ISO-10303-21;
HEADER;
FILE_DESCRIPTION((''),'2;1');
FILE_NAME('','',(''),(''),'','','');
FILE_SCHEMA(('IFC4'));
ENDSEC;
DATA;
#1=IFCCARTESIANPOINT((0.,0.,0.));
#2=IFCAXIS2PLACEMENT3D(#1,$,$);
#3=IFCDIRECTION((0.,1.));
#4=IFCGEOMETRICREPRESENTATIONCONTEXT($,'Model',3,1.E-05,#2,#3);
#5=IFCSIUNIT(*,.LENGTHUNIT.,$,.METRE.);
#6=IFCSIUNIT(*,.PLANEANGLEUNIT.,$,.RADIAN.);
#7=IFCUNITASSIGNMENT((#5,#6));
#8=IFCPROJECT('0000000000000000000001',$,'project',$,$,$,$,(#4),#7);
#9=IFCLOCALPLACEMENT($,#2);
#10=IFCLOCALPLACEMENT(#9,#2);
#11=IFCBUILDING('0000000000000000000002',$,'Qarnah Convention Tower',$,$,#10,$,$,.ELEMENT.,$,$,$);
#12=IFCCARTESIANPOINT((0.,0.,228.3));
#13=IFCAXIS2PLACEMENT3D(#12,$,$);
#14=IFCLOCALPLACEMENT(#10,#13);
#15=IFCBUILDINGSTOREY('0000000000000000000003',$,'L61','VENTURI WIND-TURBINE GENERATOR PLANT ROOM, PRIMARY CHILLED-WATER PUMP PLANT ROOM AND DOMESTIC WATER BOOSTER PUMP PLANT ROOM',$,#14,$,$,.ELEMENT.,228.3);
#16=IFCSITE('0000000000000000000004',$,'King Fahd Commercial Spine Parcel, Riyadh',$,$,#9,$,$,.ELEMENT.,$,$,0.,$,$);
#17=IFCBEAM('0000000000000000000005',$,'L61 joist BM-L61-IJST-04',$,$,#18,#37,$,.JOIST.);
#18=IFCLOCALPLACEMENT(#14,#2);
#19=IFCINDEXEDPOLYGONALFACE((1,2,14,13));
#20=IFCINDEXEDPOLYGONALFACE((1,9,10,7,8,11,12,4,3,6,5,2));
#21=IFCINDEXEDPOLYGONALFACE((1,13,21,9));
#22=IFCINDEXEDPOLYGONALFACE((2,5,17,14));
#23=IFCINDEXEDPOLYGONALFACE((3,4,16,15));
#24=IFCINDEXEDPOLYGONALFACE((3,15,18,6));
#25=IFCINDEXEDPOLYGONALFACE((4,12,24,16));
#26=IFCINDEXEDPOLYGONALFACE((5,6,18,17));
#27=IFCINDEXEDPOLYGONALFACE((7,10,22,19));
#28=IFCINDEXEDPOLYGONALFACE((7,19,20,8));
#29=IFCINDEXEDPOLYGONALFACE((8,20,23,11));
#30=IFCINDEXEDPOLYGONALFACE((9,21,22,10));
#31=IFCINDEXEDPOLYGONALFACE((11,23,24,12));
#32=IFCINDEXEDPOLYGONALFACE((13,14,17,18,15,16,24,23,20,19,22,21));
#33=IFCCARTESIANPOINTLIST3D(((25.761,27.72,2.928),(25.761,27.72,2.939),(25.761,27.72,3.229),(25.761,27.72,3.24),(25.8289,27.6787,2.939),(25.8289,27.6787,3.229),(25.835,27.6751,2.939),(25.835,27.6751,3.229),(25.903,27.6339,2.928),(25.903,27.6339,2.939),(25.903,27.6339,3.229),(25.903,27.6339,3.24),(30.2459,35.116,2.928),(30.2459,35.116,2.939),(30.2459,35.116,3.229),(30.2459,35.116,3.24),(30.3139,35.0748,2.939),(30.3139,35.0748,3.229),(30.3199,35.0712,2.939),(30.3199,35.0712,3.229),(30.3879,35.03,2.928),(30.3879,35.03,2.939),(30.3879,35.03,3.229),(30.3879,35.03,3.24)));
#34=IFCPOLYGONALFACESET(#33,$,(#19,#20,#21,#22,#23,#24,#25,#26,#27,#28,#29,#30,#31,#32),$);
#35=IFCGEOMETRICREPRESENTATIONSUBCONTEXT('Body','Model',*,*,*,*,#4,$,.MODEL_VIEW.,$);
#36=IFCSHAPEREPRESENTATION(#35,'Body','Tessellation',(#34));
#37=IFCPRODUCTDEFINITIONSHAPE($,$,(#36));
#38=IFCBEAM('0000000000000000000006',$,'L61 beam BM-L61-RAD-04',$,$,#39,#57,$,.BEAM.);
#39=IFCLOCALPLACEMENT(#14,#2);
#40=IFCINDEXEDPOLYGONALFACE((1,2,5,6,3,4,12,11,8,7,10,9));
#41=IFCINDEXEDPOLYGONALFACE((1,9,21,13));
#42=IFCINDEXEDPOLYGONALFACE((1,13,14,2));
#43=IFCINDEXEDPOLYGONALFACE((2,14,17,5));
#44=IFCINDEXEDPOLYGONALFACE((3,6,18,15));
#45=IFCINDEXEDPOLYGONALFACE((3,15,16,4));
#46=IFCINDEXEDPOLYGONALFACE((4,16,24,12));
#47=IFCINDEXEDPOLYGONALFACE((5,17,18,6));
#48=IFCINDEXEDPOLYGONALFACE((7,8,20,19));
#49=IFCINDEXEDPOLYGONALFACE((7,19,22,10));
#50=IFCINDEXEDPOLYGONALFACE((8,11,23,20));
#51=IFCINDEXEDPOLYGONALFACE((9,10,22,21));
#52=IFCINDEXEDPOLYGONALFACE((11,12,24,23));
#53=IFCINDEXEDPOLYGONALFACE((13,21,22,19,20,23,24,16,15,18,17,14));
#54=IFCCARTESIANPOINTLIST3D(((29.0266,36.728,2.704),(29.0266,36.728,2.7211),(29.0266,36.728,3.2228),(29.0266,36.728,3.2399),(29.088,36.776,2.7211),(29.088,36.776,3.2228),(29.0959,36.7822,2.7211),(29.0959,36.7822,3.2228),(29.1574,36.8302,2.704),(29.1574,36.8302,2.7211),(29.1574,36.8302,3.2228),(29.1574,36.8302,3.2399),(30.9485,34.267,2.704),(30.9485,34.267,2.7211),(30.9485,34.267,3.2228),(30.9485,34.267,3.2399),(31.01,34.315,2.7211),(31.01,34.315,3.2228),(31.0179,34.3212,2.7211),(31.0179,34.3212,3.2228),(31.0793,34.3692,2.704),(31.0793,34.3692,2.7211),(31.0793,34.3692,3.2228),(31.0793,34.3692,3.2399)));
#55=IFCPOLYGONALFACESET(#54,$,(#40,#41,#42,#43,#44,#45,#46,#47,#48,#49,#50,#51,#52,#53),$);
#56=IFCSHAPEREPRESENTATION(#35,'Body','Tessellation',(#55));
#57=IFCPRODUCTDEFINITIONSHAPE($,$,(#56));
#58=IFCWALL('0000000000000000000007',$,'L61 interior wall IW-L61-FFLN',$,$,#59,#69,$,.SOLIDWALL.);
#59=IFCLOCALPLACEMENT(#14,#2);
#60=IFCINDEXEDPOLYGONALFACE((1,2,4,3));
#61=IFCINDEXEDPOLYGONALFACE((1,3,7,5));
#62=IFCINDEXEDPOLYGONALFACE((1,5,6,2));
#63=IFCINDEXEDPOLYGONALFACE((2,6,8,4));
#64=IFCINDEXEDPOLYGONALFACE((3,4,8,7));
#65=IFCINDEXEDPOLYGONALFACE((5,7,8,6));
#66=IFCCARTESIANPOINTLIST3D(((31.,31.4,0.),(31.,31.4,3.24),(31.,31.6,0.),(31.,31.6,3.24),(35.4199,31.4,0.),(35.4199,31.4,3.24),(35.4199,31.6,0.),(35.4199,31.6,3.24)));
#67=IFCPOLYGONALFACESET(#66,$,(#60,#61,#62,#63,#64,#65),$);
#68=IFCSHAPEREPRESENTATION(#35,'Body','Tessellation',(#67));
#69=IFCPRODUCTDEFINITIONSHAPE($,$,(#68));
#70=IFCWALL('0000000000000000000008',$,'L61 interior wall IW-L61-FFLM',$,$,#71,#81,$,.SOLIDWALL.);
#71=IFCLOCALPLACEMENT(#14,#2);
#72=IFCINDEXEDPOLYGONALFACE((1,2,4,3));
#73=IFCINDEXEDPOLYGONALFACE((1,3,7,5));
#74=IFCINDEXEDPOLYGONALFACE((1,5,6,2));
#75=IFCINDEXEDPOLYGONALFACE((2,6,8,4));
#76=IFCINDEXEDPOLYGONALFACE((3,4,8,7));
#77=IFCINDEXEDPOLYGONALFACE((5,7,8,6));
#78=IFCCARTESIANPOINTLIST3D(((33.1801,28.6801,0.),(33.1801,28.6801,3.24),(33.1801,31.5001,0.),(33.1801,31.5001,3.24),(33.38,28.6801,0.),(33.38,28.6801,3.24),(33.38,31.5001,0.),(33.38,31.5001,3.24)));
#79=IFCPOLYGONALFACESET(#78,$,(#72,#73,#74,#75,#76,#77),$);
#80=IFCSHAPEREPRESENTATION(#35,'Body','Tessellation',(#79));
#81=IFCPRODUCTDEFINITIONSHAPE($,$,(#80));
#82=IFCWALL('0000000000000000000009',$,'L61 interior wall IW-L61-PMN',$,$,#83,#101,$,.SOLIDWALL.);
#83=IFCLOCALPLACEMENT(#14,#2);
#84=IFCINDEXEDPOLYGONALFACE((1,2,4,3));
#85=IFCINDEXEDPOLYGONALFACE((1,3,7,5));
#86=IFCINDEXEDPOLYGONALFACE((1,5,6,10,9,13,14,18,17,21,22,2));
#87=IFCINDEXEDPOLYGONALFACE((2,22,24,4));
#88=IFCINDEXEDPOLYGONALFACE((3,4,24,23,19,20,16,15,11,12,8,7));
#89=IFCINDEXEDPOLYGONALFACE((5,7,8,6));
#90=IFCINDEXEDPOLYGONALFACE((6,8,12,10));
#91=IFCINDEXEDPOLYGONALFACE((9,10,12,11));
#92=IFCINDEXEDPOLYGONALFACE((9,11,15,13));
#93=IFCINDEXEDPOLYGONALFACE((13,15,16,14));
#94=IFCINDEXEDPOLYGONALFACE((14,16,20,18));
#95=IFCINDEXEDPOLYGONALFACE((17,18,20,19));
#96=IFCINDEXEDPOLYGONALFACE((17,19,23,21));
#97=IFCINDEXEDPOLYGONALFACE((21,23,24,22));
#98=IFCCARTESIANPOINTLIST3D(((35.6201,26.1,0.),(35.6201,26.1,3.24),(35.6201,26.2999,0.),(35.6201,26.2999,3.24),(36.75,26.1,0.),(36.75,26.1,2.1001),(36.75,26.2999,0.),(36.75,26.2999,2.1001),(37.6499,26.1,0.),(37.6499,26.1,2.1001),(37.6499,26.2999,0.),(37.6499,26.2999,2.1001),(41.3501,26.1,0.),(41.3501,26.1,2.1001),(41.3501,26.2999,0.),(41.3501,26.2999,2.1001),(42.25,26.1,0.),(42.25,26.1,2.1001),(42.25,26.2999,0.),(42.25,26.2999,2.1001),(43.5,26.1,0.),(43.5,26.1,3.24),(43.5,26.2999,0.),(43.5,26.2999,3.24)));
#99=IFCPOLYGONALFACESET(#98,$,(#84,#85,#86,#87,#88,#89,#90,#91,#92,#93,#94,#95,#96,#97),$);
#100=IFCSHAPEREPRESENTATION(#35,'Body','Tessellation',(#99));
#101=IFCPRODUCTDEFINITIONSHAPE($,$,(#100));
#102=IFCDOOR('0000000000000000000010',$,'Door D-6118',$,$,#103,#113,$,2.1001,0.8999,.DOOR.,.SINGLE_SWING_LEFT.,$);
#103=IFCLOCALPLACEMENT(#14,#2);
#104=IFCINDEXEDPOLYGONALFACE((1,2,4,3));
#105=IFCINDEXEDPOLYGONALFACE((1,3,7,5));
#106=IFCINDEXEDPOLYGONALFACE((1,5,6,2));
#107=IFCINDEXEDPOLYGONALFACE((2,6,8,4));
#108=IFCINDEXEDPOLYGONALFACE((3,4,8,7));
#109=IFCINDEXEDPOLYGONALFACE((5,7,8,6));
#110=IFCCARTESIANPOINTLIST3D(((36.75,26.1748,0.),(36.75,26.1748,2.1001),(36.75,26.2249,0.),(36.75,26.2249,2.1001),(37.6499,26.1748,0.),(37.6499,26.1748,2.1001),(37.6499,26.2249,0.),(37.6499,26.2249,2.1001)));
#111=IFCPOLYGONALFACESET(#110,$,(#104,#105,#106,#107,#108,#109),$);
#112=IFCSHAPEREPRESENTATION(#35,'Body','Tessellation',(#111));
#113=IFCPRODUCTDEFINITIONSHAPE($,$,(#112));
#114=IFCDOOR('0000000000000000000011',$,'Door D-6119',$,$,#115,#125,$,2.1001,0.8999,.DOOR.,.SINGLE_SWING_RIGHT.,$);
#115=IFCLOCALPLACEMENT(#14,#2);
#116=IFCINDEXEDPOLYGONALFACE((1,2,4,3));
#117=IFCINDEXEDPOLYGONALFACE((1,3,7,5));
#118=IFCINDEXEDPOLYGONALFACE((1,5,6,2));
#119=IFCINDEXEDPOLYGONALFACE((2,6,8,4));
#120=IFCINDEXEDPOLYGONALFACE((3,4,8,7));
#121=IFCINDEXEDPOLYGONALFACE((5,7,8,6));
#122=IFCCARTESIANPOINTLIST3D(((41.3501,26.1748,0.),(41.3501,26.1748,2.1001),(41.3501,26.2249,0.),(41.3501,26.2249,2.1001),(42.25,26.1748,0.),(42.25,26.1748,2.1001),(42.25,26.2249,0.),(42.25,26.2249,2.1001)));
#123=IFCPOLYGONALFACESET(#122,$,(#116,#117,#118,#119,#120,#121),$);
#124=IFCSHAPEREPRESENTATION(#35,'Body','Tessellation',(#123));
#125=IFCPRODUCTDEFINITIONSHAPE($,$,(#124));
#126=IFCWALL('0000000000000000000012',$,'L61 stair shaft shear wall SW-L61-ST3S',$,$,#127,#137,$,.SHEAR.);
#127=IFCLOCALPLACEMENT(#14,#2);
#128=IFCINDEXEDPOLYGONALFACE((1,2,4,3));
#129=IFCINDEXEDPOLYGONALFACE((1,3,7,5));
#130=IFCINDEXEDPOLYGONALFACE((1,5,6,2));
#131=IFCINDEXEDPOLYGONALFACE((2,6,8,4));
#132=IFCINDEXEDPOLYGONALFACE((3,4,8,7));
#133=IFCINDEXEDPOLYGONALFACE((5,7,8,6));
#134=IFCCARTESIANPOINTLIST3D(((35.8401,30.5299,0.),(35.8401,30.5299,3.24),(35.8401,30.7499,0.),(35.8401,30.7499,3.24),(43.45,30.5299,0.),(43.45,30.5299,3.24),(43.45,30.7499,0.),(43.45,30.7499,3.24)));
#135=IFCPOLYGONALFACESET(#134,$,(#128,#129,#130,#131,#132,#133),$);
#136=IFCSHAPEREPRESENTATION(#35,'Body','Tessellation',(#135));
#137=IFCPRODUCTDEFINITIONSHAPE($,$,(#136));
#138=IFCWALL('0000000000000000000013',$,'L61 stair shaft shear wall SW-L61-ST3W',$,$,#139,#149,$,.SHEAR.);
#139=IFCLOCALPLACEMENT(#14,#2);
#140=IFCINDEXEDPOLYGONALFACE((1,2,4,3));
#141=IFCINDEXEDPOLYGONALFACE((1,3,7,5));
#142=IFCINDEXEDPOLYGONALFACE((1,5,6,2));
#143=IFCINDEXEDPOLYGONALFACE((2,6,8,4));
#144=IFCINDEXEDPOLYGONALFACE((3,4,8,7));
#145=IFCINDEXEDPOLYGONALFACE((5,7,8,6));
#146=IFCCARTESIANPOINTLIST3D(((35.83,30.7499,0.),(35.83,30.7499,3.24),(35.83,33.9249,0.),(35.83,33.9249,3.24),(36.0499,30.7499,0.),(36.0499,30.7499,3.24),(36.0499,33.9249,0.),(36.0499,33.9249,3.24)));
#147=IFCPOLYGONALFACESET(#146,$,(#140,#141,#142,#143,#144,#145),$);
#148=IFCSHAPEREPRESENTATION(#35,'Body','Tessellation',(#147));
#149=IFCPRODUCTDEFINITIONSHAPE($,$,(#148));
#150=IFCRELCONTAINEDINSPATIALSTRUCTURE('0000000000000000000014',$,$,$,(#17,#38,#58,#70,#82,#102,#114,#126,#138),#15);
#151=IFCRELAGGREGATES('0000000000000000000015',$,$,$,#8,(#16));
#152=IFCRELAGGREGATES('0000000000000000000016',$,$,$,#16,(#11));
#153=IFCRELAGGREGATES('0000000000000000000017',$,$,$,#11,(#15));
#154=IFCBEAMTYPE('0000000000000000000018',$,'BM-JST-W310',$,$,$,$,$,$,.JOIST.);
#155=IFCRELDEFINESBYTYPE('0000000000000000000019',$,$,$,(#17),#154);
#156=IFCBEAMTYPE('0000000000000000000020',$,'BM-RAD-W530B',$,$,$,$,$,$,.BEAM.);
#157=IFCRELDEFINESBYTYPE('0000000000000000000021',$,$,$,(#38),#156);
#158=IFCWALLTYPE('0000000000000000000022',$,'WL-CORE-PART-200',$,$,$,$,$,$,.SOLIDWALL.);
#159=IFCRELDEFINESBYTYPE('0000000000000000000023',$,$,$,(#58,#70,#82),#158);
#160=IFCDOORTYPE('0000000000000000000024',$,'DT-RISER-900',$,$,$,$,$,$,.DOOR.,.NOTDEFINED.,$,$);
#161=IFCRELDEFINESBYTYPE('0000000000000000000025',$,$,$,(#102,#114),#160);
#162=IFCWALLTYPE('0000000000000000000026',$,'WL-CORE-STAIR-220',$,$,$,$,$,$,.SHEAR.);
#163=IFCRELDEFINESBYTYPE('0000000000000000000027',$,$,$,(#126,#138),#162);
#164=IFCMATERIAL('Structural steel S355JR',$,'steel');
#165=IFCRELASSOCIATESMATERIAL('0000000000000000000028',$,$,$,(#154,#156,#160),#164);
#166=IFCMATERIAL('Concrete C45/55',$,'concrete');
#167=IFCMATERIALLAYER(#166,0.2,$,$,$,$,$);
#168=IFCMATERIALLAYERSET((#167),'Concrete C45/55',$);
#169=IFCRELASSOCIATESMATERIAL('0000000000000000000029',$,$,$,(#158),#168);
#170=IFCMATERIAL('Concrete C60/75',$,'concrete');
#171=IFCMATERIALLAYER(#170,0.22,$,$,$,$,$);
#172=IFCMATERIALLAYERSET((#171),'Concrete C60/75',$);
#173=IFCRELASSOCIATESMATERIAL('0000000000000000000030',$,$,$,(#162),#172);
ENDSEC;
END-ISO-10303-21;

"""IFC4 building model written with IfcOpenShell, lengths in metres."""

from ifc_helpers import new_model, si_unit, direction, frame, frame_2d, origin, origin_2d, place, context, subcontext, project, spatial, rectangle, i_section, extrude, material, layer, layer_set, material_profile, profile_set, type_object, element, fill, save


model = new_model("IFC4")

# Units and contexts
model_context = context("Model", 3, precision=1e-05, world=origin(), true_north=direction((0.0, 1.0)))
body_context = subcontext(model_context, "Body", "Model", "MODEL_VIEW")
ifc_project = project(units=[si_unit("LENGTHUNIT", "METRE"), si_unit("PLANEANGLEUNIT", "RADIAN")], contexts=[model_context])

# Site, building, storey
site_placement = place(None, origin())
site = spatial("IfcSite", under=ifc_project, at=site_placement, Name="King Fahd Commercial Spine Parcel, Riyadh", CompositionType="ELEMENT", RefElevation=0.0)
building_placement = place(site_placement, origin())
building = spatial("IfcBuilding", under=site, at=building_placement, Name="Qarnah Convention Tower", CompositionType="ELEMENT")
storey_placement = place(building_placement, frame((0.0, 0.0, 228.3)))
storey = spatial("IfcBuildingStorey", under=building, at=storey_placement, Name="L61", Description="VENTURI WIND-TURBINE GENERATOR PLANT ROOM, PRIMARY CHILLED-WATER PUMP PLANT ROOM AND DOMESTIC WATER BOOSTER PUMP PLANT ROOM", CompositionType="ELEMENT", Elevation=228.3)

# Beams
ifc_material_1 = material(Name="Structural steel S355JR", Category="steel")
ifc_material_profile_1 = material_profile(ifc_material_1, i_section(OverallWidth=0.166, OverallDepth=0.312, WebThickness=0.0071, FlangeThickness=0.011, at=origin_2d()), Name="W310X45")
ifc_profile_set_1 = profile_set([ifc_material_profile_1], Name="Structural steel S355JR")
beam_type_1 = type_object("IfcBeamType", Name="BM-JST-W310", PredefinedType="JOIST", material=ifc_profile_set_1)
beam_1_placement = place(storey_placement, frame((30.3169, 35.073, 3.084), z_axis=(-0.518508, -0.855073, 0.0), x_axis=(0.855073, -0.518508, 0.0)))
element("IfcBeam", 1, at=beam_1_placement, inside=storey, type_object=beam_type_1, Name="L61 joist BM-L61-IJST-04", PredefinedType="JOIST", context=body_context, shape_type="SweptSolid", body=[
    extrude(i_section(OverallWidth=0.166, OverallDepth=0.312, WebThickness=0.0071, FlangeThickness=0.011, at=origin_2d()), origin(), (0.0, 0.0, 1.0), 8.6497),
])
ifc_material_profile_2 = material_profile(ifc_material_1, i_section(OverallWidth=0.166, OverallDepth=0.5359, WebThickness=0.01, FlangeThickness=0.0171, at=origin_2d()), Name="W530X85")
ifc_profile_set_2 = profile_set([ifc_material_profile_2], Name="Structural steel S355JR")
beam_type_2 = type_object("IfcBeamType", Name="BM-RAD-W530B", PredefinedType="BEAM", material=ifc_profile_set_2)
beam_2_placement = place(storey_placement, frame((31.0139, 34.3181, 2.9719), z_axis=(-0.615498, 0.788138, 0.0), x_axis=(-0.788138, -0.615498, 0.0)))
element("IfcBeam", 2, at=beam_2_placement, inside=storey, type_object=beam_type_2, Name="L61 beam BM-L61-RAD-04", PredefinedType="BEAM", context=body_context, shape_type="SweptSolid", body=[
    extrude(i_section(OverallWidth=0.166, OverallDepth=0.5359, WebThickness=0.01, FlangeThickness=0.0171, at=origin_2d()), origin(), (0.0, 0.0, 1.0), 3.1226),
])

# Shared definitions
ifc_material_2 = material(Name="Concrete C45/55", Category="concrete")
ifc_layer_1 = layer(ifc_material_2, 0.2)
ifc_layer_set_1 = layer_set([ifc_layer_1], Name="Concrete C45/55")
wall_type_1 = type_object("IfcWallType", Name="WL-CORE-PART-200", PredefinedType="SOLIDWALL", material=ifc_layer_set_1)

# Walls
wall_1_placement = place(storey_placement, frame((31.0, 31.5, 0.0), z_axis=(0.0, 0.0, 1.0), x_axis=(1.0, 0.0, 0.0)))
element("IfcWall", 3, at=wall_1_placement, inside=storey, type_object=wall_type_1, Name="L61 interior wall IW-L61-FFLN", PredefinedType="SOLIDWALL", context=body_context, shape_type="SweptSolid", body=[
    extrude(rectangle(XDim=4.4199, YDim=0.2, at=frame_2d((2.21, 0.0))), origin(), (0.0, 0.0, 1.0), 3.24),
])
wall_2_placement = place(storey_placement, frame((33.28, 28.6799, 0.0), z_axis=(0.0, 0.0, 1.0), x_axis=(0.0, 1.0, 0.0)))
element("IfcWall", 4, at=wall_2_placement, inside=storey, type_object=wall_type_1, Name="L61 interior wall IW-L61-FFLM", PredefinedType="SOLIDWALL", context=body_context, shape_type="SweptSolid", body=[
    extrude(rectangle(XDim=2.8201, YDim=0.2, at=frame_2d((1.4102, 0.0))), origin(), (0.0, 0.0, 1.0), 3.24),
])

# Wall, openings, doors
wall_3_placement = place(storey_placement, frame((35.6201, 26.2, 0.0), z_axis=(0.0, 0.0, 1.0), x_axis=(1.0, 0.0, 0.0)))
wall_3 = element("IfcWall", 5, at=wall_3_placement, inside=storey, type_object=wall_type_1, Name="L61 interior wall IW-L61-PMN", PredefinedType="SOLIDWALL", context=body_context, shape_type="SweptSolid", body=[
    extrude(rectangle(XDim=7.8799, YDim=0.2, at=frame_2d((3.9399, 0.0))), origin(), (0.0, 0.0, 1.0), 3.24),
])
opening_1_placement = place(wall_3_placement, frame((1.1299, 0.0, 0.0)))
opening_1 = element("IfcOpeningElement", 6, at=opening_1_placement, cuts=wall_3, PredefinedType="OPENING", context=body_context, shape_type="SweptSolid", body=[
    extrude(rectangle(XDim=0.8999, YDim=2.1001, at=frame_2d((0.45, 1.05))), frame((0.0, 0.1099, 0.0), z_axis=(0.0, -1.0, 0.0), x_axis=(1.0, 0.0, 0.0)), (0.0, 0.0, 1.0), 0.22),
])
opening_2_placement = place(wall_3_placement, frame((5.73, 0.0, 0.0)))
opening_2 = element("IfcOpeningElement", 7, at=opening_2_placement, cuts=wall_3, PredefinedType="OPENING", context=body_context, shape_type="SweptSolid", body=[
    extrude(rectangle(XDim=0.8999, YDim=2.1001, at=frame_2d((0.45, 1.05))), frame((0.0, 0.1099, 0.0), z_axis=(0.0, -1.0, 0.0), x_axis=(1.0, 0.0, 0.0)), (0.0, 0.0, 1.0), 0.22),
])
door_type_1 = type_object("IfcDoorType", Name="DT-RISER-900", OperationType="NOTDEFINED", PredefinedType="DOOR", material=ifc_material_1)
door_1_placement = place(opening_1_placement, origin())
door_1 = element("IfcDoor", 8, at=door_1_placement, inside=storey, type_object=door_type_1, Name="Door D-6118", OperationType="SINGLE_SWING_LEFT", OverallHeight=2.1001, OverallWidth=0.8999, PredefinedType="DOOR", context=body_context, shape_type="SweptSolid", body=[
    extrude(rectangle(XDim=0.8999, YDim=2.1001, at=frame_2d((0.45, 1.05))), frame((0.0, 0.0249, 0.0), z_axis=(0.0, -1.0, 0.0), x_axis=(1.0, 0.0, 0.0)), (0.0, 0.0, 1.0), 0.05),
])
fill(opening_1, door_1)
door_2_placement = place(opening_2_placement, origin())
door_2 = element("IfcDoor", 9, at=door_2_placement, inside=storey, type_object=door_type_1, Name="Door D-6119", OperationType="SINGLE_SWING_RIGHT", OverallHeight=2.1001, OverallWidth=0.8999, PredefinedType="DOOR", context=body_context, shape_type="SweptSolid", body=[
    extrude(rectangle(XDim=0.8999, YDim=2.1001, at=frame_2d((0.45, 1.05))), frame((0.0, 0.0249, 0.0), z_axis=(0.0, -1.0, 0.0), x_axis=(1.0, 0.0, 0.0)), (0.0, 0.0, 1.0), 0.05),
])
fill(opening_2, door_2)

# Walls
ifc_material_3 = material(Name="Concrete C60/75", Category="concrete")
ifc_layer_2 = layer(ifc_material_3, 0.22)
ifc_layer_set_2 = layer_set([ifc_layer_2], Name="Concrete C60/75")
wall_type_2 = type_object("IfcWallType", Name="WL-CORE-STAIR-220", PredefinedType="SHEAR", material=ifc_layer_set_2)
wall_4_placement = place(storey_placement, frame((35.8401, 30.6399, 0.0), z_axis=(0.0, 0.0, 1.0), x_axis=(1.0, 0.0, 0.0)))
element("IfcWall", 10, at=wall_4_placement, inside=storey, type_object=wall_type_2, Name="L61 stair shaft shear wall SW-L61-ST3S", PredefinedType="SHEAR", context=body_context, shape_type="SweptSolid", body=[
    extrude(rectangle(XDim=7.6099, YDim=0.22, at=frame_2d((3.8049, 0.0))), origin(), (0.0, 0.0, 1.0), 3.24),
])
wall_5_placement = place(storey_placement, frame((35.9399, 30.75, 0.0), z_axis=(0.0, 0.0, 1.0), x_axis=(0.0, 1.0, 0.0)))
element("IfcWall", 11, at=wall_5_placement, inside=storey, type_object=wall_type_2, Name="L61 stair shaft shear wall SW-L61-ST3W", PredefinedType="SHEAR", context=body_context, shape_type="SweptSolid", body=[
    extrude(rectangle(XDim=3.175, YDim=0.22, at=frame_2d((1.5874, 0.0))), origin(), (0.0, 0.0, 1.0), 3.24),
])

save(model, "model.ifc")
